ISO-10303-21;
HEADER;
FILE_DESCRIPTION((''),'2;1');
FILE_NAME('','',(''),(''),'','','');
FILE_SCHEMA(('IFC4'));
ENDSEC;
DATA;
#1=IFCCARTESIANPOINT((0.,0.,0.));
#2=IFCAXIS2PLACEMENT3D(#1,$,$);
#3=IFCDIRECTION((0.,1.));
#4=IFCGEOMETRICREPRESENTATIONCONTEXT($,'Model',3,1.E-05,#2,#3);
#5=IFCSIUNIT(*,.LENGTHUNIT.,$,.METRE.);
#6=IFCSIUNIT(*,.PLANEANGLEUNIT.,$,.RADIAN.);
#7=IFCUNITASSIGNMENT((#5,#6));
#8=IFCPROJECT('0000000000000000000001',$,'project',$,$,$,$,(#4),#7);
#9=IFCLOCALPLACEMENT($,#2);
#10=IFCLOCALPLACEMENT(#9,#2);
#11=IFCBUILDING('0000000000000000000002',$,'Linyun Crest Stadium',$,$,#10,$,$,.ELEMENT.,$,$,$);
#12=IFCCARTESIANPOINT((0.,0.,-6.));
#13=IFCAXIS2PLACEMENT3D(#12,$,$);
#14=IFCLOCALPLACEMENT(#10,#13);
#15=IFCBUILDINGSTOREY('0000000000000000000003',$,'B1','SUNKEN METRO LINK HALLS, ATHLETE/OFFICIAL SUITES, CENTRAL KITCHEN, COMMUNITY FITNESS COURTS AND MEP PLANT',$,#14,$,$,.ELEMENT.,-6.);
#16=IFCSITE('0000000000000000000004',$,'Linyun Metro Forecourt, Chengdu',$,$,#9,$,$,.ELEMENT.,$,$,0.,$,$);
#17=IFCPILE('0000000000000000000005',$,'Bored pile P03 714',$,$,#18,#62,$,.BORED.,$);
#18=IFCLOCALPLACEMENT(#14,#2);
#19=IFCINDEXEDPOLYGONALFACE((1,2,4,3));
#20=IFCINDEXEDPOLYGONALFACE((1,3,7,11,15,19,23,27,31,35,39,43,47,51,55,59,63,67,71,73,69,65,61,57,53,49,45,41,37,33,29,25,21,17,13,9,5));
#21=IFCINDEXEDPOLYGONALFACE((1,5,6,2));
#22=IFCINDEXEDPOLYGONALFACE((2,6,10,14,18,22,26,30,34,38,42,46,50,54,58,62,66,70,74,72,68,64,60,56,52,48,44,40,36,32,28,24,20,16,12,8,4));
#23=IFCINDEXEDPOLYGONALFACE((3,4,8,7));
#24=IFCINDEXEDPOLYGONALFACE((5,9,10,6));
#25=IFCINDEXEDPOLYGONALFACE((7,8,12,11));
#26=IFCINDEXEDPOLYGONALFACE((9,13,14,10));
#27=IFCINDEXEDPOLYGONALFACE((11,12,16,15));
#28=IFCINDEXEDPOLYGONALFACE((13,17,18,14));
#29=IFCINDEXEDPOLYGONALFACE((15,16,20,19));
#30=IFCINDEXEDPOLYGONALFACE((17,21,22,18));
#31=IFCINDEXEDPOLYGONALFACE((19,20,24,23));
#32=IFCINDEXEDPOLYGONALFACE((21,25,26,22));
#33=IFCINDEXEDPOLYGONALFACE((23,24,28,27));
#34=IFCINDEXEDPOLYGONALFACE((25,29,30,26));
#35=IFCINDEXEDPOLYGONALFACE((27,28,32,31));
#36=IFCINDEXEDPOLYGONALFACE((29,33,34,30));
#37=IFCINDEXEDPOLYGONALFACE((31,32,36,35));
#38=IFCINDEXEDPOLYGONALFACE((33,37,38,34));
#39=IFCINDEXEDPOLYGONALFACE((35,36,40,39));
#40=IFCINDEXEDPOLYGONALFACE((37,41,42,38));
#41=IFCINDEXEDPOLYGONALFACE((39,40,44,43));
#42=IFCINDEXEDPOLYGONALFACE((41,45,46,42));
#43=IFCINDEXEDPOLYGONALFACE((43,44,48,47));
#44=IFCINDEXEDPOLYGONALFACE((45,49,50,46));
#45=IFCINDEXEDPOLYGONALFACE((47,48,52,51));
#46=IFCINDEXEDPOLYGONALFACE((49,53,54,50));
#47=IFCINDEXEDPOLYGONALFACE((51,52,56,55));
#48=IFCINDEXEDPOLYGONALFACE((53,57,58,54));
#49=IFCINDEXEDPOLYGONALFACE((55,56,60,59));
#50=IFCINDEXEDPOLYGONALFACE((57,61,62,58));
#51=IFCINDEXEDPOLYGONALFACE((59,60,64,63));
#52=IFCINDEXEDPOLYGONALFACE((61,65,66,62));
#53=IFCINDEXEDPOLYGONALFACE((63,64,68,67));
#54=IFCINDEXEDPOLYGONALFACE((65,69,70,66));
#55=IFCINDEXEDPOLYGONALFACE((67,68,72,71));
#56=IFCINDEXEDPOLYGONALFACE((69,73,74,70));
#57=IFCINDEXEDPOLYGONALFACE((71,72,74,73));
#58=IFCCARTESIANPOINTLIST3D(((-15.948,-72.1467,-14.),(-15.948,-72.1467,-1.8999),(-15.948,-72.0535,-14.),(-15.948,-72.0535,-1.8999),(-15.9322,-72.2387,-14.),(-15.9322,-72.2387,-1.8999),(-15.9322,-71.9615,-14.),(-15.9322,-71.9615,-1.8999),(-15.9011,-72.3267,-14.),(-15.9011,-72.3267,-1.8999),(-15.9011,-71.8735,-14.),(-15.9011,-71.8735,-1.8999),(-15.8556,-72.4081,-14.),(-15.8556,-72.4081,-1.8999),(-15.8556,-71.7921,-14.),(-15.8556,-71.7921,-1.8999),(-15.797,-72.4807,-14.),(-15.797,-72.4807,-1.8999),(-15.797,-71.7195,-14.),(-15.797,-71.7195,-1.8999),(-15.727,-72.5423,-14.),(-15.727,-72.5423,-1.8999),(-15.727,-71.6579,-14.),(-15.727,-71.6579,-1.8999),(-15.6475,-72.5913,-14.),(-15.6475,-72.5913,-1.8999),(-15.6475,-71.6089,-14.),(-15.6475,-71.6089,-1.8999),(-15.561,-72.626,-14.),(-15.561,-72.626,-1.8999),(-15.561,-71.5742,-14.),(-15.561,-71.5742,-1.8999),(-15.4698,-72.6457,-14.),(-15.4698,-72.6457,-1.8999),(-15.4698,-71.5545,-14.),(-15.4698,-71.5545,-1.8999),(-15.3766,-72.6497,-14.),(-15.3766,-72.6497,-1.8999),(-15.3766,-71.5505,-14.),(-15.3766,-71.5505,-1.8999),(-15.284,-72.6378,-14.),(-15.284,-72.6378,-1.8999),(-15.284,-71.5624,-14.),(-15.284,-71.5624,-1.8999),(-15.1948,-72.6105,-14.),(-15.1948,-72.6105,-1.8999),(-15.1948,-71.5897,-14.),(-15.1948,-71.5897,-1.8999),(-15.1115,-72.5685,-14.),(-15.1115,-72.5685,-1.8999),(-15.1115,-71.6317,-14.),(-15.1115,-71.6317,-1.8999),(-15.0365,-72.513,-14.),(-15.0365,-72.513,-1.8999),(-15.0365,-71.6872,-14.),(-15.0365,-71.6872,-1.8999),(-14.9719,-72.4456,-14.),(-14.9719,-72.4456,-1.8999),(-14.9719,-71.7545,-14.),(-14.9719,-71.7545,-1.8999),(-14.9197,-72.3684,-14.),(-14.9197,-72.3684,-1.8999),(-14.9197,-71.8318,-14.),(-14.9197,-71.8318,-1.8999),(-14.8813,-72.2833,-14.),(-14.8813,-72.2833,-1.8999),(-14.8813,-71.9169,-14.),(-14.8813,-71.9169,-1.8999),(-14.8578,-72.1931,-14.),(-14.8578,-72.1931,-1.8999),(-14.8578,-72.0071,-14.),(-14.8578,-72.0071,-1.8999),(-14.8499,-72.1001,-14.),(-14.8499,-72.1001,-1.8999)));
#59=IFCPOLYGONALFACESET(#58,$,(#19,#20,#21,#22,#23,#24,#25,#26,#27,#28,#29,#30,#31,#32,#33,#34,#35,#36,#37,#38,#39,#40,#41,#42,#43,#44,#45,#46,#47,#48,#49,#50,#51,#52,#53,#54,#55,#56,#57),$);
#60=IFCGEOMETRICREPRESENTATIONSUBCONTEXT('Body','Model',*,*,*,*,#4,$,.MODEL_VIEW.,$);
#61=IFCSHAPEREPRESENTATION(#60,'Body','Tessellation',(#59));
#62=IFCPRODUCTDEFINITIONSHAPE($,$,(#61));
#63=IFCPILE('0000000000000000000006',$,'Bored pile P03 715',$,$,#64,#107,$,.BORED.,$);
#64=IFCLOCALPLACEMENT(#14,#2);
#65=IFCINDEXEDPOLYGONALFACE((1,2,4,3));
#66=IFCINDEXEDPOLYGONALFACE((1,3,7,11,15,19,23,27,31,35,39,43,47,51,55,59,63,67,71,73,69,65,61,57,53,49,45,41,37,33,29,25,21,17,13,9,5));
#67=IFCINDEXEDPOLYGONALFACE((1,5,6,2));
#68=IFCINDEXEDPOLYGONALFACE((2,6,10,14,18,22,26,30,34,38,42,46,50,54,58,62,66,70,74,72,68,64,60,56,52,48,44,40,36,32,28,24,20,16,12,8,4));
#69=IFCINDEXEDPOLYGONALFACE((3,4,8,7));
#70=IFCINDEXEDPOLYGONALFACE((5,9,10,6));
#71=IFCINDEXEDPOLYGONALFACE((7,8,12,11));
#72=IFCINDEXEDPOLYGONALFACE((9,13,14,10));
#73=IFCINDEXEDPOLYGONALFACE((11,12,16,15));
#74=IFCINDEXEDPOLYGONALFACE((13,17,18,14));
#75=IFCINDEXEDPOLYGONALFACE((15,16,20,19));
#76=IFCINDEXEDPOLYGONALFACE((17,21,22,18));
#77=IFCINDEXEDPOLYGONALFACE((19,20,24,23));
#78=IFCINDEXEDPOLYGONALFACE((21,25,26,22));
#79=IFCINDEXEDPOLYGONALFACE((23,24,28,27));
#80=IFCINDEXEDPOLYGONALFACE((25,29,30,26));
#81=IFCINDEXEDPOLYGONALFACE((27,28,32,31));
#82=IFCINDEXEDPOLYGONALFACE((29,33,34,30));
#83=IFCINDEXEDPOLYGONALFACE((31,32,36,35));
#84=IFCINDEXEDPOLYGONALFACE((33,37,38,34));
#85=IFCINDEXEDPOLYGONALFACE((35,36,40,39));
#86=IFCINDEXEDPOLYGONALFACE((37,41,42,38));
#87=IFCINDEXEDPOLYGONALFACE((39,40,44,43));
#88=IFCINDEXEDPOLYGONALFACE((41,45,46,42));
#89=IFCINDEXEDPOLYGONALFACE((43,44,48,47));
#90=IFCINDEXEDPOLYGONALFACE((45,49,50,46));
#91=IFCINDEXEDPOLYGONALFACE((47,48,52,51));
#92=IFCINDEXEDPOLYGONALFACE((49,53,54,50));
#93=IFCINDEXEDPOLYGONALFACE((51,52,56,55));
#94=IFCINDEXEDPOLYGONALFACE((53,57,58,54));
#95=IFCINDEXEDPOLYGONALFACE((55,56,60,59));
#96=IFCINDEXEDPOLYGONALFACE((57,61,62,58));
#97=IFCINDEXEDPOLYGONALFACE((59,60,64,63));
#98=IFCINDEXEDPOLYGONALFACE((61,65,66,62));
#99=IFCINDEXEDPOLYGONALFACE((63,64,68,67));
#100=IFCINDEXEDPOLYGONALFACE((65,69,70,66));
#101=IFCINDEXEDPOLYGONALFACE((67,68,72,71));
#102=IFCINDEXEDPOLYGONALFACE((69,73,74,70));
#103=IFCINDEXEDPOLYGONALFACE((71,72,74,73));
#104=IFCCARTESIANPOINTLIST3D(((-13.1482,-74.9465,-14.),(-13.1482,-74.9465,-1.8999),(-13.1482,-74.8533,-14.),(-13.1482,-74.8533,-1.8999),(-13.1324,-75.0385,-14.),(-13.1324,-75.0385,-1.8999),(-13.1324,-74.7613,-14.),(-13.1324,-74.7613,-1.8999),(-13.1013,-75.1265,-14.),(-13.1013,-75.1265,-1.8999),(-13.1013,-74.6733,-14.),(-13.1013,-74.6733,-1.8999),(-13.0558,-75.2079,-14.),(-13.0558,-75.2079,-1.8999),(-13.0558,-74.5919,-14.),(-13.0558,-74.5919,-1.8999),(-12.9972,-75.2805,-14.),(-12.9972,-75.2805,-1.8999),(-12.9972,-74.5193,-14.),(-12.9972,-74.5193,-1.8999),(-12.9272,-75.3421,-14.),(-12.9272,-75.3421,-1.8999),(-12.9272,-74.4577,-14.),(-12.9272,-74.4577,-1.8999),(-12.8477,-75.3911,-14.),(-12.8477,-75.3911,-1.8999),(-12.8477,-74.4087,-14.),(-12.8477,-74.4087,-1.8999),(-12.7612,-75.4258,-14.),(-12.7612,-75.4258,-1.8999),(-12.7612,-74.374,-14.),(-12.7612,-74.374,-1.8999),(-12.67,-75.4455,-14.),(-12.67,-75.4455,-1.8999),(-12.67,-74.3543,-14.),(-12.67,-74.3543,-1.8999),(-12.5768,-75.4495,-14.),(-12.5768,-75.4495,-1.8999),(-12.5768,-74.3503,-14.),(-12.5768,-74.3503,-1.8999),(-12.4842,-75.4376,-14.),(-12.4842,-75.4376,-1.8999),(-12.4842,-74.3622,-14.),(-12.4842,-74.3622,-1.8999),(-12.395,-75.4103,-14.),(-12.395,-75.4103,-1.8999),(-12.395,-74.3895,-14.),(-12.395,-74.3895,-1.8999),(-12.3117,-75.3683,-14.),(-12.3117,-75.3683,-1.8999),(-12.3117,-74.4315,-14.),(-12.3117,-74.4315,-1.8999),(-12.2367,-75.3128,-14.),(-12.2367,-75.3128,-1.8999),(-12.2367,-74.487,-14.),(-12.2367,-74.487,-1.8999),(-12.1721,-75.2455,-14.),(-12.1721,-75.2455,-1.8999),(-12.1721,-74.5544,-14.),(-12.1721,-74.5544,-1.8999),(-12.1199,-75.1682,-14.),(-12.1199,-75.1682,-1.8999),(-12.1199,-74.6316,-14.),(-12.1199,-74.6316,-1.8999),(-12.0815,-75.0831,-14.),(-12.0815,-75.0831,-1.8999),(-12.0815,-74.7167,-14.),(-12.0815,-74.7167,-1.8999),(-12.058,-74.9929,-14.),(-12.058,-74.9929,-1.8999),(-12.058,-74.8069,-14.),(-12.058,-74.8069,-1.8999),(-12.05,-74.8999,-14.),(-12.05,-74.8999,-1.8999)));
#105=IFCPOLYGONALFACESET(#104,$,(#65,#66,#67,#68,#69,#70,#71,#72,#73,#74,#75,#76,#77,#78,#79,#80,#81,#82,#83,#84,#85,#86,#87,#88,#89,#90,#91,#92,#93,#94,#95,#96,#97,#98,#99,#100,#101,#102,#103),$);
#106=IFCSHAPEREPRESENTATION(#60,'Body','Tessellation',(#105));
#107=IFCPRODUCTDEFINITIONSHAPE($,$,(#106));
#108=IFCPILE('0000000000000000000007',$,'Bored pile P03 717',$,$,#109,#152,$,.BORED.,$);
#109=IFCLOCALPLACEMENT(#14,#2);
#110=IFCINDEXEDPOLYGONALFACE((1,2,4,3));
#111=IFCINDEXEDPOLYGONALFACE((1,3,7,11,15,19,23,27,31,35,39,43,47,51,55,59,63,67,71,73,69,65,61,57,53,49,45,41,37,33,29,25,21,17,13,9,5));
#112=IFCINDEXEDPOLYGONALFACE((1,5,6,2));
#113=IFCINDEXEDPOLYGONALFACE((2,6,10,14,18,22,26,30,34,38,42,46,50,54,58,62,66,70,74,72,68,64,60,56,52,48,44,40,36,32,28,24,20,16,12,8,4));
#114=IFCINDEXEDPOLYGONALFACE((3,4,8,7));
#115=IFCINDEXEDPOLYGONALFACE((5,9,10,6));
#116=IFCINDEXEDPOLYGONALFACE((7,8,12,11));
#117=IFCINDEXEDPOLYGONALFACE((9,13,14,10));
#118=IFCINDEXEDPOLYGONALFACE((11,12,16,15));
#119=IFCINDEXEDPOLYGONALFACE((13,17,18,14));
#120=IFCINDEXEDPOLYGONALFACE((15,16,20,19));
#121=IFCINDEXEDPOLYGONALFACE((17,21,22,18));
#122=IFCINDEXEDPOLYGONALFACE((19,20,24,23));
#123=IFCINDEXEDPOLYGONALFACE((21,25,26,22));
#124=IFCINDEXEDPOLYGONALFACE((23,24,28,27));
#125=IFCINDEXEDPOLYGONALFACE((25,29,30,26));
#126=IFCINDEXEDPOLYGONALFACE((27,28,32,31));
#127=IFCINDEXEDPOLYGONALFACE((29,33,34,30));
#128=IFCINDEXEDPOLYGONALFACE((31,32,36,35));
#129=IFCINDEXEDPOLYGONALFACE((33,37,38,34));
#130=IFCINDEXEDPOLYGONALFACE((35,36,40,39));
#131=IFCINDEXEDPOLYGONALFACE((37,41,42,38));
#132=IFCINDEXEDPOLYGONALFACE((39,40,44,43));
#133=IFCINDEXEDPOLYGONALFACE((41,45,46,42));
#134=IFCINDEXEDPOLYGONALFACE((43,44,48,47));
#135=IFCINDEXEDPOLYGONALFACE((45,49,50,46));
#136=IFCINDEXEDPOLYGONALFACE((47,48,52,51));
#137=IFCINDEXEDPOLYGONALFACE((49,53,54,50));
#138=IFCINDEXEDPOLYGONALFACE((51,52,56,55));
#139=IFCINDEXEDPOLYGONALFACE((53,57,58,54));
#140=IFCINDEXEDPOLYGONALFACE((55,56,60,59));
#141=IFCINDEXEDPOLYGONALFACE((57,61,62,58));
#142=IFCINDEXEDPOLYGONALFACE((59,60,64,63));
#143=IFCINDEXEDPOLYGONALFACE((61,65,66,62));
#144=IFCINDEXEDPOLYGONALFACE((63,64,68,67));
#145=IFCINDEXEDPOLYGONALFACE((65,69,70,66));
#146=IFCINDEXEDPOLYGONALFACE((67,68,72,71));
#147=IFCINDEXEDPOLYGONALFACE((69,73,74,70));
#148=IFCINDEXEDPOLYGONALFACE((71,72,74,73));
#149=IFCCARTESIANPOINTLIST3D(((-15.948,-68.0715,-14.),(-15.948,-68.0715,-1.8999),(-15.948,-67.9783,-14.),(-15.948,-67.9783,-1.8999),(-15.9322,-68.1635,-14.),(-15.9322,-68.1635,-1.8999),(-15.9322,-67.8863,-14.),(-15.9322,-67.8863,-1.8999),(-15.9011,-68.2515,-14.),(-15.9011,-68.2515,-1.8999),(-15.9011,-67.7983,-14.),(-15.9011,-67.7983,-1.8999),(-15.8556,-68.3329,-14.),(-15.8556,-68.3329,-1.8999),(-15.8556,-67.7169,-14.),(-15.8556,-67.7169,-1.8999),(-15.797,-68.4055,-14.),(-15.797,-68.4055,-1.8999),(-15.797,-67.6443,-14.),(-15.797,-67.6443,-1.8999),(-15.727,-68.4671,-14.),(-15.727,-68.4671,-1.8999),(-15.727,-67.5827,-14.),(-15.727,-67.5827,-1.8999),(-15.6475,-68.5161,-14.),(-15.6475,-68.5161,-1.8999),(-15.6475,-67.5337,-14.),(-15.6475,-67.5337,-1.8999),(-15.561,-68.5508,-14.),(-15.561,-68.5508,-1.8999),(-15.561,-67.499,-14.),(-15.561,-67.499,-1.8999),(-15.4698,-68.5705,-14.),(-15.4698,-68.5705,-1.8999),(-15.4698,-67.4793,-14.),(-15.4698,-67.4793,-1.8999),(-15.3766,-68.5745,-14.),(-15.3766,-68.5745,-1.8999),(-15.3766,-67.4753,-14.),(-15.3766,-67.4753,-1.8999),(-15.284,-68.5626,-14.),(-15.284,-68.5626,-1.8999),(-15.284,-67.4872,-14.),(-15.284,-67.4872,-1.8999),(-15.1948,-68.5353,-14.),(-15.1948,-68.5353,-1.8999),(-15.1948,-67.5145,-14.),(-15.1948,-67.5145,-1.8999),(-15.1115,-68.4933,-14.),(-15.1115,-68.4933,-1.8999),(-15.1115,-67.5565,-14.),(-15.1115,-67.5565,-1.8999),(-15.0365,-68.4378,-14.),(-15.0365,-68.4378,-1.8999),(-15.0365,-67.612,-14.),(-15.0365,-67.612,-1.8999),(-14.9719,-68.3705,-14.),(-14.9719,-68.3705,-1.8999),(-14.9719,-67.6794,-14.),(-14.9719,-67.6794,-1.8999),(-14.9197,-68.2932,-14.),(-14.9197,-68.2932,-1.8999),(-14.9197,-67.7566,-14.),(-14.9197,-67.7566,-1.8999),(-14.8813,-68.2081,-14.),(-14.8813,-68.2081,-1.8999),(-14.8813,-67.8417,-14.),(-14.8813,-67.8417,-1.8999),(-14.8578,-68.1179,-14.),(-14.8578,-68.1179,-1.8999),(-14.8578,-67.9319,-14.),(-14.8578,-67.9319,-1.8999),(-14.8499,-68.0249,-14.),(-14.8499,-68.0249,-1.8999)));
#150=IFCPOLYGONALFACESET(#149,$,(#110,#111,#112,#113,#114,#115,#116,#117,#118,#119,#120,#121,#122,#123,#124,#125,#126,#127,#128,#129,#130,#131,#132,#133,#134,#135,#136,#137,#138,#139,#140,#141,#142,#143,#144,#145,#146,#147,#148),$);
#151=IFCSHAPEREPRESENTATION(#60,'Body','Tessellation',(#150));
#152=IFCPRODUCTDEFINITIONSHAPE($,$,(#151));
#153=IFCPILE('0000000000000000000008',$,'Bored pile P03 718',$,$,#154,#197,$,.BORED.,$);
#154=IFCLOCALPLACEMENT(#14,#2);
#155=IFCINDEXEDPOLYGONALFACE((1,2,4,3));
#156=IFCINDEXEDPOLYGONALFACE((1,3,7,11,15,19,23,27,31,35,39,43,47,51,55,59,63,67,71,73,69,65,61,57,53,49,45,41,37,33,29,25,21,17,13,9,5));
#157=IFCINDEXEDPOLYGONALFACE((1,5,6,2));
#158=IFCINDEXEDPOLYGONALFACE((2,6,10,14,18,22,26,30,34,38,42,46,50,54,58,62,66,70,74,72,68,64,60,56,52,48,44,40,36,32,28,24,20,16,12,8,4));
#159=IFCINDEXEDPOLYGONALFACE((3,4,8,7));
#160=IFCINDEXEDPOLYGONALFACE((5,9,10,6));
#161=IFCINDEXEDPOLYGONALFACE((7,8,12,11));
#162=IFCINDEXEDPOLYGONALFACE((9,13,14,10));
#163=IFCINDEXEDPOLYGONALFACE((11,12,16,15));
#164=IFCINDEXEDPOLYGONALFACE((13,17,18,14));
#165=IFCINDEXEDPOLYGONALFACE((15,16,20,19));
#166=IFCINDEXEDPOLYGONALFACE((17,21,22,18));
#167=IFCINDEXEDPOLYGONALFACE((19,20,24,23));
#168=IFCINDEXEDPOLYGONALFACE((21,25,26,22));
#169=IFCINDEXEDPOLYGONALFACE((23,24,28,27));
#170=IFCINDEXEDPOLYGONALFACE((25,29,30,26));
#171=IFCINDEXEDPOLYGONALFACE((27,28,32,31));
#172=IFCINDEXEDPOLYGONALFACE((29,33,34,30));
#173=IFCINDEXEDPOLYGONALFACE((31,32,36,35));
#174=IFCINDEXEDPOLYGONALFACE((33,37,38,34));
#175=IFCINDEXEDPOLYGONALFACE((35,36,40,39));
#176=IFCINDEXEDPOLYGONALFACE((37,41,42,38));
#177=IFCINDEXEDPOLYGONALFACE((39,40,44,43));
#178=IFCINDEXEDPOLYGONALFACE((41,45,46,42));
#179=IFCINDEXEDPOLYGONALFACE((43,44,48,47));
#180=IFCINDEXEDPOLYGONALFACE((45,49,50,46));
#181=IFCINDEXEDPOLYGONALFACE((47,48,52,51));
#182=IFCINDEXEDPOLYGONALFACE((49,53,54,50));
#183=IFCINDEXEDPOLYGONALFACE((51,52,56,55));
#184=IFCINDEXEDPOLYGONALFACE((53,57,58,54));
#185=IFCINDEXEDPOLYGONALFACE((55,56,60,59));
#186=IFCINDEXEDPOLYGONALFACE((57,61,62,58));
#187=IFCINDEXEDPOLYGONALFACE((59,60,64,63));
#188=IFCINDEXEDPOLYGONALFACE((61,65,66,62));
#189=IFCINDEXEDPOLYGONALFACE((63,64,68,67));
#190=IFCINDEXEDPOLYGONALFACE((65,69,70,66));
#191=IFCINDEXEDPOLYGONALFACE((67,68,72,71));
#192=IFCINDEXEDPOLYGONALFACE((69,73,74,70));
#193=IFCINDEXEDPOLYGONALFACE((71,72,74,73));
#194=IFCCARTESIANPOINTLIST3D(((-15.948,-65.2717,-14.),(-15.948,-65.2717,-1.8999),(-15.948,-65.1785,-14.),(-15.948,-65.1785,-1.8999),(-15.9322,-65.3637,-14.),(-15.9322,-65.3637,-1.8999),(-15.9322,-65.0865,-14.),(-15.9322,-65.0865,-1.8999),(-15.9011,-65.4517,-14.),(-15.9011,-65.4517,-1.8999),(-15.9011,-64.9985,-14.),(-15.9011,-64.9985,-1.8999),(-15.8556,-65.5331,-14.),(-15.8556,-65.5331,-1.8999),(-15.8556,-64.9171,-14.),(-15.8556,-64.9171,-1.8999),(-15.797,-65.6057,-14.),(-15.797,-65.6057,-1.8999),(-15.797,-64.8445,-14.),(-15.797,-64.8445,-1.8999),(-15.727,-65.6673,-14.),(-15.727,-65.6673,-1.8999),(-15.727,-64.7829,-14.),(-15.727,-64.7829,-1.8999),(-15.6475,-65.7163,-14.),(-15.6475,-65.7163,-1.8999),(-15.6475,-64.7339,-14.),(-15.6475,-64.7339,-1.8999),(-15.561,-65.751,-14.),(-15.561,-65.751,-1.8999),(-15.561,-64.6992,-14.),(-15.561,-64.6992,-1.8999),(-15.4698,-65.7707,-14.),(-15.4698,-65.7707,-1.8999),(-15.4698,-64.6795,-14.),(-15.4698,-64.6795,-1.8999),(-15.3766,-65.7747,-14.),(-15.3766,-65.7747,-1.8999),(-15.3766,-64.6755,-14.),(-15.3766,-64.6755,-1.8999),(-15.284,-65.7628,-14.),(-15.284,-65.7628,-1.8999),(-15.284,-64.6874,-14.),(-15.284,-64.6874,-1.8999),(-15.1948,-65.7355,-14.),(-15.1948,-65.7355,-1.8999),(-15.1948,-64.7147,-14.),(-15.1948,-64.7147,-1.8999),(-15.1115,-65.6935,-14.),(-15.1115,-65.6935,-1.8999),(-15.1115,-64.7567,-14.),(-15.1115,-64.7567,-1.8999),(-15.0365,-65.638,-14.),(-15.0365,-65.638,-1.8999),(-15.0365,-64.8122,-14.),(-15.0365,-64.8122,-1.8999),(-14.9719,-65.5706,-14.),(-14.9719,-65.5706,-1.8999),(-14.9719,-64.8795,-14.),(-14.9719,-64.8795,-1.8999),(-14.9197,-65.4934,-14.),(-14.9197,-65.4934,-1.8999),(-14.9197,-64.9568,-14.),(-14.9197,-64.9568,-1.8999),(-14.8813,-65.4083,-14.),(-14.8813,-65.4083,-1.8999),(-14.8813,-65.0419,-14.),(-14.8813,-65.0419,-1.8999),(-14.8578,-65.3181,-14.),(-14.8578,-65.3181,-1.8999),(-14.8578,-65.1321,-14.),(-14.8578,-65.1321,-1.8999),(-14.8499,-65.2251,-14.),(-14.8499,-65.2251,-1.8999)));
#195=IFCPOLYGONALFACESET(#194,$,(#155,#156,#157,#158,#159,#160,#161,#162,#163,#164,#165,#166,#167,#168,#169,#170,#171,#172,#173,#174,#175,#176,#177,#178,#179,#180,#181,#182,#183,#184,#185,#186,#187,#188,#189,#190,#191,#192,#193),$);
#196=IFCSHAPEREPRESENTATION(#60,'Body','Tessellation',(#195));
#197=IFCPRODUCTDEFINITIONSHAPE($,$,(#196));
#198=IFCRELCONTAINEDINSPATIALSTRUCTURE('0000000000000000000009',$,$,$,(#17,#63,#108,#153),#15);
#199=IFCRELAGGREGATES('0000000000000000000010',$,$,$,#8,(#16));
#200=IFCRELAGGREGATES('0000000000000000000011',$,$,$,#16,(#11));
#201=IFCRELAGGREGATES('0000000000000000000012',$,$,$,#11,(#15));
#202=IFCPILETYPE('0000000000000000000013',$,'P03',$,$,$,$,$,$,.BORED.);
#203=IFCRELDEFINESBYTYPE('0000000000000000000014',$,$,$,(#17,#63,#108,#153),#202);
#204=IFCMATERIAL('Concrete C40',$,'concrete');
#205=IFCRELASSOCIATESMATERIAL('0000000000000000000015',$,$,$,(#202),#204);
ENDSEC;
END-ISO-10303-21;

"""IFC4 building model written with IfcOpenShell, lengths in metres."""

from ifc_helpers import new_model, si_unit, direction, frame, origin, origin_2d, place, context, subcontext, project, spatial, circle, extrude, material, material_profile, profile_set, type_object, element, save


model = new_model("IFC4")

# Units and contexts
model_context = context("Model", 3, precision=1e-05, world=origin(), true_north=direction((0.0, 1.0)))
body_context = subcontext(model_context, "Body", "Model", "MODEL_VIEW")
ifc_project = project(units=[si_unit("LENGTHUNIT", "METRE"), si_unit("PLANEANGLEUNIT", "RADIAN")], contexts=[model_context])

# Site, building, storey
site_placement = place(None, origin())
site = spatial("IfcSite", under=ifc_project, at=site_placement, Name="Linyun Metro Forecourt, Chengdu", CompositionType="ELEMENT", RefElevation=0.0)
building_placement = place(site_placement, origin())
building = spatial("IfcBuilding", under=site, at=building_placement, Name="Linyun Crest Stadium", CompositionType="ELEMENT")
storey_placement = place(building_placement, frame((0.0, 0.0, -6.0)))
storey = spatial("IfcBuildingStorey", under=building, at=storey_placement, Name="B1", Description="SUNKEN METRO LINK HALLS, ATHLETE/OFFICIAL SUITES, CENTRAL KITCHEN, COMMUNITY FITNESS COURTS AND MEP PLANT", CompositionType="ELEMENT", Elevation=-6.0)

# Piles
ifc_material_1 = material(Name="Concrete C40", Category="concrete")
ifc_material_profile_1 = material_profile(ifc_material_1, circle(Radius=0.55, at=origin_2d()), Name="BORED PILE 1100")
ifc_profile_set_1 = profile_set([ifc_material_profile_1], Name="Concrete C40")
pile_type_1 = type_object("IfcPileType", Name="P03", PredefinedType="BORED", material=ifc_profile_set_1)
for number, where, z_axis, x_axis, name in (
    (1, (-15.3999, -72.1001, -1.8999), (0.0, 0.0, -1.0), (1.0, 0.0, 0.0), "Bored pile P03 714"),
    (2, (-12.6001, -74.8999, -1.8999), (0.0, 0.0, -1.0), (1.0, 0.0, 0.0), "Bored pile P03 715"),
    (3, (-15.3999, -68.0249, -1.8999), (0.0, 0.0, -1.0), (1.0, 0.0, 0.0), "Bored pile P03 717"),
    (4, (-15.3999, -65.2251, -1.8999), (0.0, 0.0, -1.0), (1.0, 0.0, 0.0), "Bored pile P03 718"),
):
    element("IfcPile", number, at=place(storey_placement, frame(where, z_axis=z_axis, x_axis=x_axis)), inside=storey, type_object=pile_type_1, Name=name, PredefinedType="BORED", context=body_context, shape_type="SweptSolid", body=[
        extrude(circle(Radius=0.55, at=origin_2d()), origin(), (0.0, 0.0, 1.0), 12.1001),
    ])

save(model, "model.ifc")
